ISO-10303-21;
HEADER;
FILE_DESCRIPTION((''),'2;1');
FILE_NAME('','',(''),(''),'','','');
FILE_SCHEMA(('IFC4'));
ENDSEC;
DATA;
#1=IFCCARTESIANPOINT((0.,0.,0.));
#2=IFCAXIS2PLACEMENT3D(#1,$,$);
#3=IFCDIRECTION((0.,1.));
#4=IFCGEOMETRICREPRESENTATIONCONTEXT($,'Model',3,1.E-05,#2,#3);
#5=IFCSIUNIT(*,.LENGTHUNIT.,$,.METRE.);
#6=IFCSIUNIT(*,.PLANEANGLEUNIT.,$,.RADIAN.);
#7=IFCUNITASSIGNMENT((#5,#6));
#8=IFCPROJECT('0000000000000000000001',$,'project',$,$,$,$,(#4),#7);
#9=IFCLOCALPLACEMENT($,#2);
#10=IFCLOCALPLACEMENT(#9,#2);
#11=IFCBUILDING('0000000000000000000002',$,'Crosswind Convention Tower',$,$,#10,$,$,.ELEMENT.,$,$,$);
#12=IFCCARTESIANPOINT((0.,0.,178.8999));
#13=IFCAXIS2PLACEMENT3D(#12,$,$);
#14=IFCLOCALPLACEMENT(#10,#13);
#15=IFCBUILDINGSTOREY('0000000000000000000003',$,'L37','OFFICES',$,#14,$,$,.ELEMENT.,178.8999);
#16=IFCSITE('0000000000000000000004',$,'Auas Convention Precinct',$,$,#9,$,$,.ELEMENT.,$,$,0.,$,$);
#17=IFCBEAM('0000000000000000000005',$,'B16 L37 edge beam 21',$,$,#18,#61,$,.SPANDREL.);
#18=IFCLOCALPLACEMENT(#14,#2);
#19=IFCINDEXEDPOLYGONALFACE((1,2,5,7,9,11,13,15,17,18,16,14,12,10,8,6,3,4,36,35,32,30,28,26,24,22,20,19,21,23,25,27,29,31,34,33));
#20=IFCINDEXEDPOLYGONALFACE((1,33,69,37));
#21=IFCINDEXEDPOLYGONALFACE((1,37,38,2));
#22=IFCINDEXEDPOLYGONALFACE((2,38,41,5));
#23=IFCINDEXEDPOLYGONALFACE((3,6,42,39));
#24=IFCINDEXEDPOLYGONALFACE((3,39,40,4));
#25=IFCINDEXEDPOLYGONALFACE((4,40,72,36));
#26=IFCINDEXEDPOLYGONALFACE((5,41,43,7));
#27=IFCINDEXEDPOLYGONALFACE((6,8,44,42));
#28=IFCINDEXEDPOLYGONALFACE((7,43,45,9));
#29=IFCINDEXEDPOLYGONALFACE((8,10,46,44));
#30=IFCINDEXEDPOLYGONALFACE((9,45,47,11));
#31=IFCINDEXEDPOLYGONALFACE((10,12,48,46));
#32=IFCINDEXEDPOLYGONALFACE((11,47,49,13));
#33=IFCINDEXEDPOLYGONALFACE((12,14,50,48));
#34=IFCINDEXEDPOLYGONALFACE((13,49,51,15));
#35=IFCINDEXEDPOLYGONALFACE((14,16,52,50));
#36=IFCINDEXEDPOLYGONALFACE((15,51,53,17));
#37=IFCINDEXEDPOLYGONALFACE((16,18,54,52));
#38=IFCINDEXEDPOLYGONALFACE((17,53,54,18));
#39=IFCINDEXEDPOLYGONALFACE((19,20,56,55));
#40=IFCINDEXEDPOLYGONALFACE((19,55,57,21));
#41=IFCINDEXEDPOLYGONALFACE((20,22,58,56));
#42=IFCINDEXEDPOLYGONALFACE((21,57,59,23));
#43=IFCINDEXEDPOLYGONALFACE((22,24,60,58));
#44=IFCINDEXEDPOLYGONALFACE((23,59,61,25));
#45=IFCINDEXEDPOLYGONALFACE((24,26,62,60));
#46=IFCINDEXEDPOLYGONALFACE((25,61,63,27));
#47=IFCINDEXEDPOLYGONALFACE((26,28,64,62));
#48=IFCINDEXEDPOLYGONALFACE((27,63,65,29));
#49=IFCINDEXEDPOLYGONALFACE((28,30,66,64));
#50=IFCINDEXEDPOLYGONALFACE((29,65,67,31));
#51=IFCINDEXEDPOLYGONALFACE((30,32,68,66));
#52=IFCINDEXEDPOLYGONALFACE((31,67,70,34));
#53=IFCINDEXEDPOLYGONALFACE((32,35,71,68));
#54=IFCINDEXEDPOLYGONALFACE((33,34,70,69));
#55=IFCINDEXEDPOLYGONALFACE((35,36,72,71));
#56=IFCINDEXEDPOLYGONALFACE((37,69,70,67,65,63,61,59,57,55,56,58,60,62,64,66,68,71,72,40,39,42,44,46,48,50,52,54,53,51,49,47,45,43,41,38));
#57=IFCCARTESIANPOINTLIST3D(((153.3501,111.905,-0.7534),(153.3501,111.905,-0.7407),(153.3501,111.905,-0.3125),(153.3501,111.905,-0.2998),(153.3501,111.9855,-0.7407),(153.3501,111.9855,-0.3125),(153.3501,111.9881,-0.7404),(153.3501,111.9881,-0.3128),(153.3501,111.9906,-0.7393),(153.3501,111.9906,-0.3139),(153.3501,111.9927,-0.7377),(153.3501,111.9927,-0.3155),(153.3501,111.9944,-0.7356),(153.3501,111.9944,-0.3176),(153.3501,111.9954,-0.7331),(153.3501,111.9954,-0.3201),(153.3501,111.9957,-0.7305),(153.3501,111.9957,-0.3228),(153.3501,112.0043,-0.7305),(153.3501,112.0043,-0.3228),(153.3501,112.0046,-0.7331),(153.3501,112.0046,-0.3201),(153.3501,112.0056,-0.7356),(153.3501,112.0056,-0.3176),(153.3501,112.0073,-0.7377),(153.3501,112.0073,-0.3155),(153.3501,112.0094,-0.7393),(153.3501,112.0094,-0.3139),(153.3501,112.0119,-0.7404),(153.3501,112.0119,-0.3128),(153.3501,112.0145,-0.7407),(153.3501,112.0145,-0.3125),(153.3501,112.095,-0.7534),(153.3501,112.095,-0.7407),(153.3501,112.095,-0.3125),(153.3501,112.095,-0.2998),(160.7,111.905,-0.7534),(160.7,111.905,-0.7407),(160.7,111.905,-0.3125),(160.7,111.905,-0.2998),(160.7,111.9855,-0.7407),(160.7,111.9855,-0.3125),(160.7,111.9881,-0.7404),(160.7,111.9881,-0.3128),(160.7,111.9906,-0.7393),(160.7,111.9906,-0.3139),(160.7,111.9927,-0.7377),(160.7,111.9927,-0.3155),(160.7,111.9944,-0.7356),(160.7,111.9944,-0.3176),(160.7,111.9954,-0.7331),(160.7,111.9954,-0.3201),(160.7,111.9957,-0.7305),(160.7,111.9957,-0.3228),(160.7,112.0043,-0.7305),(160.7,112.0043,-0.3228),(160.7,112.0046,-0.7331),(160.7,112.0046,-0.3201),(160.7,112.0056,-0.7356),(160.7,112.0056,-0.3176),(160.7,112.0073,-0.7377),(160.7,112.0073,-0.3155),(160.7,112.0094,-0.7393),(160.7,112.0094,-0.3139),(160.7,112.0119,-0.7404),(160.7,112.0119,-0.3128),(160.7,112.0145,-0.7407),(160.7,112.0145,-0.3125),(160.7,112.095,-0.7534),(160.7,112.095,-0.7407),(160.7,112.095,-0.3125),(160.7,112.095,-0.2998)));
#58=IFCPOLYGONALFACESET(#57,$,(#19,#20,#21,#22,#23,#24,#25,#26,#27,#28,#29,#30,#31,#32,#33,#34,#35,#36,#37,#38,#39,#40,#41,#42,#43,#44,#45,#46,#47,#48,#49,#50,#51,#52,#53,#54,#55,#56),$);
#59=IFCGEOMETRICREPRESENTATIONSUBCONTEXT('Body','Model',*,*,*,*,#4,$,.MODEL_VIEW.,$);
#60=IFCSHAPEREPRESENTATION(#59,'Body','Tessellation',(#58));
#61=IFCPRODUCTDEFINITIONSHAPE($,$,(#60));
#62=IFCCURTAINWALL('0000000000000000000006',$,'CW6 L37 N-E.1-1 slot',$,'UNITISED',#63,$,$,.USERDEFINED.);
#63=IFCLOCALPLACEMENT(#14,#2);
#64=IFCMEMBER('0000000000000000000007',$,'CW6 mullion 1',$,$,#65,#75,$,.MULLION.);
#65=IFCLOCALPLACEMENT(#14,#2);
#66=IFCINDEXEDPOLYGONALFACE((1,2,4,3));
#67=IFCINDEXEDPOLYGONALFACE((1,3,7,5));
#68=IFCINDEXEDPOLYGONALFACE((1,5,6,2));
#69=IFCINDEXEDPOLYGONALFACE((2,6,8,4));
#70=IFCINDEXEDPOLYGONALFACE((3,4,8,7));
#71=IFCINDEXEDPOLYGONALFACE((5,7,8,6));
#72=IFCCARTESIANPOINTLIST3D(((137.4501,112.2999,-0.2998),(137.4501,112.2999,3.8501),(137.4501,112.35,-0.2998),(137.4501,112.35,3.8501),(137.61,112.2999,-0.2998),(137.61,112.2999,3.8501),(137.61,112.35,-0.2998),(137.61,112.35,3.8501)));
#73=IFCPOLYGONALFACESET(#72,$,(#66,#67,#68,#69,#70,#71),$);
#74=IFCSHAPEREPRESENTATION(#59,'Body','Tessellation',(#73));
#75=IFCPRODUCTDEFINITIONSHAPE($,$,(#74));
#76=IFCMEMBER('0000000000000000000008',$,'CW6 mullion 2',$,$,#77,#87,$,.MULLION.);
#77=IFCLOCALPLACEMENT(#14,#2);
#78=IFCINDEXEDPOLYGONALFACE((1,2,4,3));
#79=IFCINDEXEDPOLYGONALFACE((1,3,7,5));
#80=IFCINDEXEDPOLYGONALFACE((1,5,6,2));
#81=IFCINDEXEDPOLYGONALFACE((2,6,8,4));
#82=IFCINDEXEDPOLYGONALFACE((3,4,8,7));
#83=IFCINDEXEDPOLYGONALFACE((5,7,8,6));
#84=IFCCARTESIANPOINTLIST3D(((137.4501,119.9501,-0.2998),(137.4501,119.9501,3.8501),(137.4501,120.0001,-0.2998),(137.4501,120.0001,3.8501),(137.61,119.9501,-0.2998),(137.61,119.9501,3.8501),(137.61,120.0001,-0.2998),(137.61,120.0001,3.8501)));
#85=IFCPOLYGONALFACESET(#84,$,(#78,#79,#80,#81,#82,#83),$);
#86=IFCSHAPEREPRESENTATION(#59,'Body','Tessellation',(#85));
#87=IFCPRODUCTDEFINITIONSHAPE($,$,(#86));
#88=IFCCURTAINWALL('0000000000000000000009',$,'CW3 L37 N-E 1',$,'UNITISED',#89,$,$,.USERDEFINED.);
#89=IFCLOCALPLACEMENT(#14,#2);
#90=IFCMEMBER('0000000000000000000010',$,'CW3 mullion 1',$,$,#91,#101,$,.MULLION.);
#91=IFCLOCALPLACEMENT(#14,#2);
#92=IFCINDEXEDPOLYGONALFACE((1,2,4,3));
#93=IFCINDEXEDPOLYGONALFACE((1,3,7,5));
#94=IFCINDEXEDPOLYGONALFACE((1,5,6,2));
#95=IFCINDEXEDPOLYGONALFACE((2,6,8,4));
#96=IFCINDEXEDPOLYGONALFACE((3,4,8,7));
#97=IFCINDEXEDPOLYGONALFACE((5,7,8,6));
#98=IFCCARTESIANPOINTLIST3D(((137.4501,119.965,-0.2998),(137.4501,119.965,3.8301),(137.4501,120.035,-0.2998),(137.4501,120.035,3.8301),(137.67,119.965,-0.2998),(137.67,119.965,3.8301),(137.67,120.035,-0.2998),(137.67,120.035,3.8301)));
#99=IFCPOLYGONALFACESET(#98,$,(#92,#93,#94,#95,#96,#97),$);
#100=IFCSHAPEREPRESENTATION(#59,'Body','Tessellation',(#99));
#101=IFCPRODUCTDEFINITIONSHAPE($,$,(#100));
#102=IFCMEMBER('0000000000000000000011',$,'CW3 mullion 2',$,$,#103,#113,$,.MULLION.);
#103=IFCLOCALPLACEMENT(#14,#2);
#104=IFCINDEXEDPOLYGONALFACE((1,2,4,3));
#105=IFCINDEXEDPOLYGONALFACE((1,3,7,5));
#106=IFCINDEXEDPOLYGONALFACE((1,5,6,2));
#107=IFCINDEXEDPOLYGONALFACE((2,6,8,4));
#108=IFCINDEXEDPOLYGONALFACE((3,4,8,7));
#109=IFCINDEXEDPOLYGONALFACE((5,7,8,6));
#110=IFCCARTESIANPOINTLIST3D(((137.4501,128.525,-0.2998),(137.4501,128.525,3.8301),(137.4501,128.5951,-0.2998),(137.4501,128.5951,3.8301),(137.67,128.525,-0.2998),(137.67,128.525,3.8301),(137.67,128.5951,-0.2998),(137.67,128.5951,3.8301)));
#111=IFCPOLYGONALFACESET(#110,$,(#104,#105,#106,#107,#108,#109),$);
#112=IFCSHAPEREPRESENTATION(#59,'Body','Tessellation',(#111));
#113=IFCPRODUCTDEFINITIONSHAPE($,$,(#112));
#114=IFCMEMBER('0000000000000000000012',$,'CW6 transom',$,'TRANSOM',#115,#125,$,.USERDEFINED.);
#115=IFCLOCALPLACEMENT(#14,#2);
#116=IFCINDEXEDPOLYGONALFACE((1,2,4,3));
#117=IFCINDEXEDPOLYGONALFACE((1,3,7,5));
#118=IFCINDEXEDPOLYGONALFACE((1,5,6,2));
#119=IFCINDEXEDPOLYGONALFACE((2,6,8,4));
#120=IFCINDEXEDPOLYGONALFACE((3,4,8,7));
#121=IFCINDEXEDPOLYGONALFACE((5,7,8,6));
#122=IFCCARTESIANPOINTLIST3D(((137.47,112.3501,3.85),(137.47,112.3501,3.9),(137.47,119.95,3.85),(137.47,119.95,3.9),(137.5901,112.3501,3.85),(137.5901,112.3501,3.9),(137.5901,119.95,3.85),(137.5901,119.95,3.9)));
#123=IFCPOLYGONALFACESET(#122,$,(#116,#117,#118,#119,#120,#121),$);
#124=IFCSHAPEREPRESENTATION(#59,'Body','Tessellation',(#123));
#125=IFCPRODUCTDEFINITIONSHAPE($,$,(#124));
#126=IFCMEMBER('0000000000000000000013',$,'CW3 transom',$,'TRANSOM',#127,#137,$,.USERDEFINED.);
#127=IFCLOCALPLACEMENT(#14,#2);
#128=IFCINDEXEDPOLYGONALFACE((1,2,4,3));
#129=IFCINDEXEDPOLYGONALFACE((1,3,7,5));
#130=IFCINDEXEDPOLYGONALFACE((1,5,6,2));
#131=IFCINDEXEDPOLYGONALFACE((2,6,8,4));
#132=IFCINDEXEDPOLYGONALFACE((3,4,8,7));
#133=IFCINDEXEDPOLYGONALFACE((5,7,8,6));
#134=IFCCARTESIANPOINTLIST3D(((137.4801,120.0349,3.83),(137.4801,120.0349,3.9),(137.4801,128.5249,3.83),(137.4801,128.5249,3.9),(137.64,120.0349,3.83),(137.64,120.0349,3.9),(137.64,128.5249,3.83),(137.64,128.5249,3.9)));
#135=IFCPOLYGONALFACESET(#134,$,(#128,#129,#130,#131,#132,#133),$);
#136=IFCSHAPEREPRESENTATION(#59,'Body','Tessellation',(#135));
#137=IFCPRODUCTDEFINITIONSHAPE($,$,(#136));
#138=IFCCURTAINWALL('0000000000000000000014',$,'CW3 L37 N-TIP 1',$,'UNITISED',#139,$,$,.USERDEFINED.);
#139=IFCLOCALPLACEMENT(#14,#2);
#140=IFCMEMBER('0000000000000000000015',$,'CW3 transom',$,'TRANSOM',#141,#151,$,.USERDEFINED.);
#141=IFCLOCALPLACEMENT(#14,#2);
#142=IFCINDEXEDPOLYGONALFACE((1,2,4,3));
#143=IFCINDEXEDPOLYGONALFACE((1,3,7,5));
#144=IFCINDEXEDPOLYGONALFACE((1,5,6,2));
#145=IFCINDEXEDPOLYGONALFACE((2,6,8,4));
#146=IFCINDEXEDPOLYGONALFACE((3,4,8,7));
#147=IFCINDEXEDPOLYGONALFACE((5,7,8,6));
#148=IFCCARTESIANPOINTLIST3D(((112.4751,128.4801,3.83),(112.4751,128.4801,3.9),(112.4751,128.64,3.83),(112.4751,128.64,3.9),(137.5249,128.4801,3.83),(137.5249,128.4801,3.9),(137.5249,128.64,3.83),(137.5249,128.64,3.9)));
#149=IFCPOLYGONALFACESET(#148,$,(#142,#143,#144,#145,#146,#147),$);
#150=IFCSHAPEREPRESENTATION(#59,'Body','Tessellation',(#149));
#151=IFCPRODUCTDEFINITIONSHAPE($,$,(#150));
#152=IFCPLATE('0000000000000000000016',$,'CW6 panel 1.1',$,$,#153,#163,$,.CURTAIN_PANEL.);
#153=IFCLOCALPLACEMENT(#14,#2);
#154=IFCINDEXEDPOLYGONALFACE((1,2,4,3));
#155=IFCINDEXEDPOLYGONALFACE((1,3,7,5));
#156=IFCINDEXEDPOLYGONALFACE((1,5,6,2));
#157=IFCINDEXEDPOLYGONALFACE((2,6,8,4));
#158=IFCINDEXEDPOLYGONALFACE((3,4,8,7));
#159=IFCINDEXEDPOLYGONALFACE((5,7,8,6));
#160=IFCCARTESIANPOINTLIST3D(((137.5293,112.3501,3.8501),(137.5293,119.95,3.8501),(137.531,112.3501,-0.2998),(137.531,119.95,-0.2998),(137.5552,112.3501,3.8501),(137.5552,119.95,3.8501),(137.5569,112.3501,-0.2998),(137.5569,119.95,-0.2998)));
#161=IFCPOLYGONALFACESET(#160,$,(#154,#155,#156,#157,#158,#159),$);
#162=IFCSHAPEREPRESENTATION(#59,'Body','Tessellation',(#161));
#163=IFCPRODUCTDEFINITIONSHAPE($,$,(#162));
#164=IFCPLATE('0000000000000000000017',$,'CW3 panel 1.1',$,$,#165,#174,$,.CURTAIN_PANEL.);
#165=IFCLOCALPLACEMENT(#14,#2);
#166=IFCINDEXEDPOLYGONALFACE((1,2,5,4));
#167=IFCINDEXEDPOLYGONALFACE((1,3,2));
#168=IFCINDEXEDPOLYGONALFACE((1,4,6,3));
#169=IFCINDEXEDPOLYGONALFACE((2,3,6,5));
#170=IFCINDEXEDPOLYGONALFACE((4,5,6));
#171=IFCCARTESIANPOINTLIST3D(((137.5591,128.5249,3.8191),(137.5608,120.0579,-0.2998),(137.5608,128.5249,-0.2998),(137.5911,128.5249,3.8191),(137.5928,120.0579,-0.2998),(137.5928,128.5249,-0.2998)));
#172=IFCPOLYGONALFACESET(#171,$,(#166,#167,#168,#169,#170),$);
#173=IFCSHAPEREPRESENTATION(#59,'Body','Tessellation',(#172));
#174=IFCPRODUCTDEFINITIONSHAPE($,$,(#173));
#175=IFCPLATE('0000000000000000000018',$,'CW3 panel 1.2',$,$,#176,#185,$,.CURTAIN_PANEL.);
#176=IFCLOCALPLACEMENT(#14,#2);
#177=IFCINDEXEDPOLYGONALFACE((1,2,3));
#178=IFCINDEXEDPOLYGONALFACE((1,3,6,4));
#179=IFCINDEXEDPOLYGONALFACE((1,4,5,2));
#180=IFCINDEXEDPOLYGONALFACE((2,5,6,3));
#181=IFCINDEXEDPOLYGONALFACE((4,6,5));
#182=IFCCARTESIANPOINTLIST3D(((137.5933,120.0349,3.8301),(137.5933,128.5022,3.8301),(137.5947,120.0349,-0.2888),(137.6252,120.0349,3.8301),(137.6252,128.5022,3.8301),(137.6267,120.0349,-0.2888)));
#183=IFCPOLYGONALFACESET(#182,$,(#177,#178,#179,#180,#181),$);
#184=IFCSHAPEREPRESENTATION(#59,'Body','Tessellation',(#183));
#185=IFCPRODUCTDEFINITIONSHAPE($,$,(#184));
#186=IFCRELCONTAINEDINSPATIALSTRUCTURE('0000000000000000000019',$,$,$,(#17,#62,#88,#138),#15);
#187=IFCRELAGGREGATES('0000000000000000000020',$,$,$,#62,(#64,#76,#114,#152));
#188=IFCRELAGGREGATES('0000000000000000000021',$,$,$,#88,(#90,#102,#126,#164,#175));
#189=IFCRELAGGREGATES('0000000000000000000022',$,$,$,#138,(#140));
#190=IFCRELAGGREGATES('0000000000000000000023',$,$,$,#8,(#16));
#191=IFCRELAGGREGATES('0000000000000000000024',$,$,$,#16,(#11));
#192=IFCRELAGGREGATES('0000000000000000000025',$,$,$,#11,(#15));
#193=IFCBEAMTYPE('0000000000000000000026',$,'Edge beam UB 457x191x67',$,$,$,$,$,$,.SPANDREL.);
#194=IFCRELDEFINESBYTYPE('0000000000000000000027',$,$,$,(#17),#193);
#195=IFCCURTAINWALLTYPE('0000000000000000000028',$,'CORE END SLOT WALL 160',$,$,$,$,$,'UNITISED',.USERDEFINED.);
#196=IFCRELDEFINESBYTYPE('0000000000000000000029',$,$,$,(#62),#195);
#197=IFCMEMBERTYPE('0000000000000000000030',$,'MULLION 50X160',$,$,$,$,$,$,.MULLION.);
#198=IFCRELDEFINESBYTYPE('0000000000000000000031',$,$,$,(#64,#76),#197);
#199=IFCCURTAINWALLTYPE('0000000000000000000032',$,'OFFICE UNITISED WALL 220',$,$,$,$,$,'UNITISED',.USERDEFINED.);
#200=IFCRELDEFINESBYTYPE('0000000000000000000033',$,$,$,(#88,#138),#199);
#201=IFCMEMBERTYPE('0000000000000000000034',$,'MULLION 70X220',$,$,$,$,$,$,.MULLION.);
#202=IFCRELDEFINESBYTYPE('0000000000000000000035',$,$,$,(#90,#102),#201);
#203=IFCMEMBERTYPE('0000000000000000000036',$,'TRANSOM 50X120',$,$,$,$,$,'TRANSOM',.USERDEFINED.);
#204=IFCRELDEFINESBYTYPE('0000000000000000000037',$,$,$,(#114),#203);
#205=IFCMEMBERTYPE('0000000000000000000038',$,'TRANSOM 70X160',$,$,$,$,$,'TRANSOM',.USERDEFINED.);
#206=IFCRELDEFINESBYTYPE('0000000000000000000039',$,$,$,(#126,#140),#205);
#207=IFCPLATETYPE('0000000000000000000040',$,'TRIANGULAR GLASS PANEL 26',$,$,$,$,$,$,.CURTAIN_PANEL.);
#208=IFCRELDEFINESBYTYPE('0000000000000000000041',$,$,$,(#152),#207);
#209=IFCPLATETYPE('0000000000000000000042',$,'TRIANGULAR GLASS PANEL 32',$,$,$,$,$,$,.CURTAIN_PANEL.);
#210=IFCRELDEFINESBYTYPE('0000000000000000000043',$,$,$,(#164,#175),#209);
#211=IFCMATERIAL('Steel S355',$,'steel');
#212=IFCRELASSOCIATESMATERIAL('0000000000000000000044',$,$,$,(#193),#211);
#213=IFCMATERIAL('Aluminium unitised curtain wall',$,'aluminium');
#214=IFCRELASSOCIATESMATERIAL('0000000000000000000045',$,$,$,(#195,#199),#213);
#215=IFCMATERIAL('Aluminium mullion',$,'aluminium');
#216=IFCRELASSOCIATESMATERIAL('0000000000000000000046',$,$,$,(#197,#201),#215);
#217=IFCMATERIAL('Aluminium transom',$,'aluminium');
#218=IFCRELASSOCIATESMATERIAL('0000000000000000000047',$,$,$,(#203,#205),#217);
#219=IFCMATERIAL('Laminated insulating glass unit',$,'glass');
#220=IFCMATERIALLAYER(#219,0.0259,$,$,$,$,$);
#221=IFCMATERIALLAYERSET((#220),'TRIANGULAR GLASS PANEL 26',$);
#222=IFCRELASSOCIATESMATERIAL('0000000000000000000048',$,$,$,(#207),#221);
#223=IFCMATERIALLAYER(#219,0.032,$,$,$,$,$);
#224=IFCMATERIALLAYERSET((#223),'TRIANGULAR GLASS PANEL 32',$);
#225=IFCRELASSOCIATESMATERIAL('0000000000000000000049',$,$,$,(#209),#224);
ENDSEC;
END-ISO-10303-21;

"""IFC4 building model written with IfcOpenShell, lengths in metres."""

from ifc_helpers import new_model, si_unit, direction, frame, origin, origin_2d, place, context, subcontext, project, spatial, polyline, rectangle, i_section, outline, extrude, material, layer, layer_set, material_profile, profile_set, type_object, element, aggregate, save


model = new_model("IFC4")

# Units and contexts
model_context = context("Model", 3, precision=1e-05, world=origin(), true_north=direction((0.0, 1.0)))
body_context = subcontext(model_context, "Body", "Model", "MODEL_VIEW")
ifc_project = project(units=[si_unit("LENGTHUNIT", "METRE"), si_unit("PLANEANGLEUNIT", "RADIAN")], contexts=[model_context])

# Site, building, storey
site_placement = place(None, origin())
site = spatial("IfcSite", under=ifc_project, at=site_placement, Name="Auas Convention Precinct", CompositionType="ELEMENT", RefElevation=0.0)
building_placement = place(site_placement, origin())
building = spatial("IfcBuilding", under=site, at=building_placement, Name="Crosswind Convention Tower", CompositionType="ELEMENT")
storey_placement = place(building_placement, frame((0.0, 0.0, 178.8999)))
storey = spatial("IfcBuildingStorey", under=building, at=storey_placement, Name="L37", Description="OFFICES", CompositionType="ELEMENT", Elevation=178.8999)

# Beam
ifc_material_1 = material(Name="Steel S355", Category="steel")
ifc_material_profile_1 = material_profile(ifc_material_1, i_section(OverallWidth=0.1899, OverallDepth=0.4536, WebThickness=0.0085, FlangeThickness=0.0127, FilletRadius=0.0103, at=origin_2d()), Name="UB 457x191x67")
ifc_profile_set_1 = profile_set([ifc_material_profile_1], Name="Steel S355")
beam_type = type_object("IfcBeamType", Name="Edge beam UB 457x191x67", PredefinedType="SPANDREL", material=ifc_profile_set_1)
beam_placement = place(storey_placement, frame((153.3501, 112.0, -0.5266), z_axis=(1.0, 0.0, 0.0), x_axis=(0.0, 1.0, 0.0)))
element("IfcBeam", 1, at=beam_placement, inside=storey, type_object=beam_type, Name="B16 L37 edge beam 21", PredefinedType="SPANDREL", context=body_context, shape_type="SweptSolid", body=[
    extrude(i_section(OverallWidth=0.1899, OverallDepth=0.4536, WebThickness=0.0085, FlangeThickness=0.0127, FilletRadius=0.0103, at=origin_2d()), origin(), (0.0, 0.0, 1.0), 7.3499),
])

# Curtain walls, members
ifc_material_2 = material(Name="Aluminium unitised curtain wall", Category="aluminium")
curtain_wall_type_1 = type_object("IfcCurtainWallType", Name="CORE END SLOT WALL 160", ElementType="UNITISED", PredefinedType="USERDEFINED", material=ifc_material_2)
curtain_wall_1_placement = place(storey_placement, origin())
curtain_wall_1 = element("IfcCurtainWall", 2, at=curtain_wall_1_placement, inside=storey, type_object=curtain_wall_type_1, Name="CW6 L37 N-E.1-1 slot", ObjectType="UNITISED", PredefinedType="USERDEFINED")
ifc_material_3 = material(Name="Aluminium mullion", Category="aluminium")
ifc_material_profile_2 = material_profile(ifc_material_3, rectangle(XDim=0.1599, YDim=0.05, at=origin_2d()), Name="AL 160X50")
ifc_profile_set_2 = profile_set([ifc_material_profile_2], Name="Aluminium mullion")
member_type_1 = type_object("IfcMemberType", Name="MULLION 50X160", PredefinedType="MULLION", material=ifc_profile_set_2)
member_1_placement = place(storey_placement, frame((137.53, 112.325, -0.2998), z_axis=(0.0, 0.0, 1.0), x_axis=(1.0, 0.0, 0.0)))
member_1 = element("IfcMember", 3, at=member_1_placement, type_object=member_type_1, Name="CW6 mullion 1", PredefinedType="MULLION", context=body_context, shape_type="SweptSolid", body=[
    extrude(rectangle(XDim=0.1599, YDim=0.05, at=origin_2d()), origin(), (0.0, 0.0, 1.0), 4.1499),
])
member_2_placement = place(storey_placement, frame((137.53, 119.9751, -0.2998), z_axis=(0.0, 0.0, 1.0), x_axis=(1.0, 0.0, 0.0)))
member_2 = element("IfcMember", 4, at=member_2_placement, type_object=member_type_1, Name="CW6 mullion 2", PredefinedType="MULLION", context=body_context, shape_type="SweptSolid", body=[
    extrude(rectangle(XDim=0.1599, YDim=0.05, at=origin_2d()), origin(), (0.0, 0.0, 1.0), 4.1499),
])
curtain_wall_type_2 = type_object("IfcCurtainWallType", Name="OFFICE UNITISED WALL 220", ElementType="UNITISED", PredefinedType="USERDEFINED", material=ifc_material_2)
curtain_wall_2_placement = place(storey_placement, origin())
curtain_wall_2 = element("IfcCurtainWall", 5, at=curtain_wall_2_placement, inside=storey, type_object=curtain_wall_type_2, Name="CW3 L37 N-E 1", ObjectType="UNITISED", PredefinedType="USERDEFINED")
ifc_material_profile_3 = material_profile(ifc_material_3, rectangle(XDim=0.22, YDim=0.0701, at=origin_2d()), Name="AL 220X70")
ifc_profile_set_3 = profile_set([ifc_material_profile_3], Name="Aluminium mullion")
member_type_2 = type_object("IfcMemberType", Name="MULLION 70X220", PredefinedType="MULLION", material=ifc_profile_set_3)
member_3_placement = place(storey_placement, frame((137.5601, 120.0, -0.2998), z_axis=(0.0, 0.0, 1.0), x_axis=(1.0, 0.0, 0.0)))
member_3 = element("IfcMember", 6, at=member_3_placement, type_object=member_type_2, Name="CW3 mullion 1", PredefinedType="MULLION", context=body_context, shape_type="SweptSolid", body=[
    extrude(rectangle(XDim=0.22, YDim=0.0701, at=origin_2d()), origin(), (0.0, 0.0, 1.0), 4.1299),
])
member_4_placement = place(storey_placement, frame((137.5601, 128.5601, -0.2998), z_axis=(0.0, 0.0, 1.0), x_axis=(1.0, 0.0, 0.0)))
member_4 = element("IfcMember", 7, at=member_4_placement, type_object=member_type_2, Name="CW3 mullion 2", PredefinedType="MULLION", context=body_context, shape_type="SweptSolid", body=[
    extrude(rectangle(XDim=0.22, YDim=0.0701, at=origin_2d()), origin(), (0.0, 0.0, 1.0), 4.1299),
])

# Members
ifc_material_4 = material(Name="Aluminium transom", Category="aluminium")
ifc_material_profile_4 = material_profile(ifc_material_4, rectangle(XDim=0.1201, YDim=0.05, at=origin_2d()), Name="AL 120X50")
ifc_profile_set_4 = profile_set([ifc_material_profile_4], Name="Aluminium transom")
member_type_3 = type_object("IfcMemberType", Name="TRANSOM 50X120", ElementType="TRANSOM", PredefinedType="USERDEFINED", material=ifc_profile_set_4)
member_5_placement = place(storey_placement, frame((137.53, 112.3501, 3.875), z_axis=(0.0, 1.0, 0.0), x_axis=(-1.0, 0.0, 0.0)))
member_5 = element("IfcMember", 8, at=member_5_placement, type_object=member_type_3, Name="CW6 transom", ObjectType="TRANSOM", PredefinedType="USERDEFINED", context=body_context, shape_type="SweptSolid", body=[
    extrude(rectangle(XDim=0.1201, YDim=0.05, at=origin_2d()), origin(), (0.0, 0.0, 1.0), 7.5999),
])
ifc_material_profile_5 = material_profile(ifc_material_4, rectangle(XDim=0.1599, YDim=0.0701, at=origin_2d()), Name="AL 160X70")
ifc_profile_set_5 = profile_set([ifc_material_profile_5], Name="Aluminium transom")
member_type_4 = type_object("IfcMemberType", Name="TRANSOM 70X160", ElementType="TRANSOM", PredefinedType="USERDEFINED", material=ifc_profile_set_5)
member_6_placement = place(storey_placement, frame((137.5601, 120.0349, 3.865), z_axis=(0.0, 1.0, 0.0), x_axis=(-1.0, 0.0, 0.0)))
member_6 = element("IfcMember", 9, at=member_6_placement, type_object=member_type_4, Name="CW3 transom", ObjectType="TRANSOM", PredefinedType="USERDEFINED", context=body_context, shape_type="SweptSolid", body=[
    extrude(rectangle(XDim=0.1599, YDim=0.0701, at=origin_2d()), origin(), (0.0, 0.0, 1.0), 8.49),
])

# Curtain wall, member
curtain_wall_3_placement = place(storey_placement, origin())
curtain_wall_3 = element("IfcCurtainWall", 10, at=curtain_wall_3_placement, inside=storey, type_object=curtain_wall_type_2, Name="CW3 L37 N-TIP 1", ObjectType="UNITISED", PredefinedType="USERDEFINED")
member_7_placement = place(storey_placement, frame((137.5249, 128.5601, 3.865), z_axis=(-1.0, 0.0, 0.0), x_axis=(0.0, -1.0, 0.0)))
member_7 = element("IfcMember", 11, at=member_7_placement, type_object=member_type_4, Name="CW3 transom", ObjectType="TRANSOM", PredefinedType="USERDEFINED", context=body_context, shape_type="SweptSolid", body=[
    extrude(rectangle(XDim=0.1599, YDim=0.0701, at=origin_2d()), origin(), (0.0, 0.0, 1.0), 25.0498),
])

# Plates
ifc_material_5 = material(Name="Laminated insulating glass unit", Category="glass")
ifc_layer_1 = layer(ifc_material_5, 0.0259)
ifc_layer_set_1 = layer_set([ifc_layer_1], Name="TRIANGULAR GLASS PANEL 26")
plate_type_1 = type_object("IfcPlateType", Name="TRIANGULAR GLASS PANEL 26", PredefinedType="CURTAIN_PANEL", material=ifc_layer_set_1)
plate_1_placement = place(storey_placement, frame((137.5569, 112.3501, -0.2998), z_axis=(1.0, 0.0, 0.000412), x_axis=(0.0, 1.0, 0.0)))
plate_1 = element("IfcPlate", 12, at=plate_1_placement, type_object=plate_type_1, Name="CW6 panel 1.1", PredefinedType="CURTAIN_PANEL", context=body_context, shape_type="SweptSolid", body=[
    extrude(outline(polyline([(0.0, 0.0), (7.5999, 0.0), (7.5999, 4.1499), (0.0, 4.1499), (0.0, 0.0)])), origin(), (0.0, 0.0, -1.0), 0.0259),
])
aggregate(curtain_wall_1, [member_1, member_2, member_5, plate_1])
ifc_layer_2 = layer(ifc_material_5, 0.032)
ifc_layer_set_2 = layer_set([ifc_layer_2], Name="TRIANGULAR GLASS PANEL 32")
plate_type_2 = type_object("IfcPlateType", Name="TRIANGULAR GLASS PANEL 32", PredefinedType="CURTAIN_PANEL", material=ifc_layer_set_2)
plate_2_placement = place(storey_placement, frame((137.5928, 128.5249, -0.2998), z_axis=(1.0, 0.0, 0.000415), x_axis=(-0.000415, 0.0, 1.0)))
plate_2 = element("IfcPlate", 13, at=plate_2_placement, type_object=plate_type_2, Name="CW3 panel 1.1", PredefinedType="CURTAIN_PANEL", context=body_context, shape_type="SweptSolid", body=[
    extrude(outline(polyline([(0.0, 0.0), (4.1189, 0.0), (0.0, 8.467), (0.0, 0.0)])), origin(), (0.0, 0.0, -1.0), 0.032),
])
plate_3_placement = place(storey_placement, frame((137.6252, 120.0349, 3.8301), z_axis=(1.0, 0.0, 0.000356), x_axis=(0.000356, 0.0, -1.0)))
plate_3 = element("IfcPlate", 14, at=plate_3_placement, type_object=plate_type_2, Name="CW3 panel 1.2", PredefinedType="CURTAIN_PANEL", context=body_context, shape_type="SweptSolid", body=[
    extrude(outline(polyline([(0.0, 0.0), (4.1189, 0.0), (0.0, 8.4673), (0.0, 0.0)])), origin(), (0.0, 0.0, -1.0), 0.032),
])

aggregate(curtain_wall_2, [member_3, member_4, member_6, plate_2, plate_3])
aggregate(curtain_wall_3, [member_7])

save(model, "model.ifc")
